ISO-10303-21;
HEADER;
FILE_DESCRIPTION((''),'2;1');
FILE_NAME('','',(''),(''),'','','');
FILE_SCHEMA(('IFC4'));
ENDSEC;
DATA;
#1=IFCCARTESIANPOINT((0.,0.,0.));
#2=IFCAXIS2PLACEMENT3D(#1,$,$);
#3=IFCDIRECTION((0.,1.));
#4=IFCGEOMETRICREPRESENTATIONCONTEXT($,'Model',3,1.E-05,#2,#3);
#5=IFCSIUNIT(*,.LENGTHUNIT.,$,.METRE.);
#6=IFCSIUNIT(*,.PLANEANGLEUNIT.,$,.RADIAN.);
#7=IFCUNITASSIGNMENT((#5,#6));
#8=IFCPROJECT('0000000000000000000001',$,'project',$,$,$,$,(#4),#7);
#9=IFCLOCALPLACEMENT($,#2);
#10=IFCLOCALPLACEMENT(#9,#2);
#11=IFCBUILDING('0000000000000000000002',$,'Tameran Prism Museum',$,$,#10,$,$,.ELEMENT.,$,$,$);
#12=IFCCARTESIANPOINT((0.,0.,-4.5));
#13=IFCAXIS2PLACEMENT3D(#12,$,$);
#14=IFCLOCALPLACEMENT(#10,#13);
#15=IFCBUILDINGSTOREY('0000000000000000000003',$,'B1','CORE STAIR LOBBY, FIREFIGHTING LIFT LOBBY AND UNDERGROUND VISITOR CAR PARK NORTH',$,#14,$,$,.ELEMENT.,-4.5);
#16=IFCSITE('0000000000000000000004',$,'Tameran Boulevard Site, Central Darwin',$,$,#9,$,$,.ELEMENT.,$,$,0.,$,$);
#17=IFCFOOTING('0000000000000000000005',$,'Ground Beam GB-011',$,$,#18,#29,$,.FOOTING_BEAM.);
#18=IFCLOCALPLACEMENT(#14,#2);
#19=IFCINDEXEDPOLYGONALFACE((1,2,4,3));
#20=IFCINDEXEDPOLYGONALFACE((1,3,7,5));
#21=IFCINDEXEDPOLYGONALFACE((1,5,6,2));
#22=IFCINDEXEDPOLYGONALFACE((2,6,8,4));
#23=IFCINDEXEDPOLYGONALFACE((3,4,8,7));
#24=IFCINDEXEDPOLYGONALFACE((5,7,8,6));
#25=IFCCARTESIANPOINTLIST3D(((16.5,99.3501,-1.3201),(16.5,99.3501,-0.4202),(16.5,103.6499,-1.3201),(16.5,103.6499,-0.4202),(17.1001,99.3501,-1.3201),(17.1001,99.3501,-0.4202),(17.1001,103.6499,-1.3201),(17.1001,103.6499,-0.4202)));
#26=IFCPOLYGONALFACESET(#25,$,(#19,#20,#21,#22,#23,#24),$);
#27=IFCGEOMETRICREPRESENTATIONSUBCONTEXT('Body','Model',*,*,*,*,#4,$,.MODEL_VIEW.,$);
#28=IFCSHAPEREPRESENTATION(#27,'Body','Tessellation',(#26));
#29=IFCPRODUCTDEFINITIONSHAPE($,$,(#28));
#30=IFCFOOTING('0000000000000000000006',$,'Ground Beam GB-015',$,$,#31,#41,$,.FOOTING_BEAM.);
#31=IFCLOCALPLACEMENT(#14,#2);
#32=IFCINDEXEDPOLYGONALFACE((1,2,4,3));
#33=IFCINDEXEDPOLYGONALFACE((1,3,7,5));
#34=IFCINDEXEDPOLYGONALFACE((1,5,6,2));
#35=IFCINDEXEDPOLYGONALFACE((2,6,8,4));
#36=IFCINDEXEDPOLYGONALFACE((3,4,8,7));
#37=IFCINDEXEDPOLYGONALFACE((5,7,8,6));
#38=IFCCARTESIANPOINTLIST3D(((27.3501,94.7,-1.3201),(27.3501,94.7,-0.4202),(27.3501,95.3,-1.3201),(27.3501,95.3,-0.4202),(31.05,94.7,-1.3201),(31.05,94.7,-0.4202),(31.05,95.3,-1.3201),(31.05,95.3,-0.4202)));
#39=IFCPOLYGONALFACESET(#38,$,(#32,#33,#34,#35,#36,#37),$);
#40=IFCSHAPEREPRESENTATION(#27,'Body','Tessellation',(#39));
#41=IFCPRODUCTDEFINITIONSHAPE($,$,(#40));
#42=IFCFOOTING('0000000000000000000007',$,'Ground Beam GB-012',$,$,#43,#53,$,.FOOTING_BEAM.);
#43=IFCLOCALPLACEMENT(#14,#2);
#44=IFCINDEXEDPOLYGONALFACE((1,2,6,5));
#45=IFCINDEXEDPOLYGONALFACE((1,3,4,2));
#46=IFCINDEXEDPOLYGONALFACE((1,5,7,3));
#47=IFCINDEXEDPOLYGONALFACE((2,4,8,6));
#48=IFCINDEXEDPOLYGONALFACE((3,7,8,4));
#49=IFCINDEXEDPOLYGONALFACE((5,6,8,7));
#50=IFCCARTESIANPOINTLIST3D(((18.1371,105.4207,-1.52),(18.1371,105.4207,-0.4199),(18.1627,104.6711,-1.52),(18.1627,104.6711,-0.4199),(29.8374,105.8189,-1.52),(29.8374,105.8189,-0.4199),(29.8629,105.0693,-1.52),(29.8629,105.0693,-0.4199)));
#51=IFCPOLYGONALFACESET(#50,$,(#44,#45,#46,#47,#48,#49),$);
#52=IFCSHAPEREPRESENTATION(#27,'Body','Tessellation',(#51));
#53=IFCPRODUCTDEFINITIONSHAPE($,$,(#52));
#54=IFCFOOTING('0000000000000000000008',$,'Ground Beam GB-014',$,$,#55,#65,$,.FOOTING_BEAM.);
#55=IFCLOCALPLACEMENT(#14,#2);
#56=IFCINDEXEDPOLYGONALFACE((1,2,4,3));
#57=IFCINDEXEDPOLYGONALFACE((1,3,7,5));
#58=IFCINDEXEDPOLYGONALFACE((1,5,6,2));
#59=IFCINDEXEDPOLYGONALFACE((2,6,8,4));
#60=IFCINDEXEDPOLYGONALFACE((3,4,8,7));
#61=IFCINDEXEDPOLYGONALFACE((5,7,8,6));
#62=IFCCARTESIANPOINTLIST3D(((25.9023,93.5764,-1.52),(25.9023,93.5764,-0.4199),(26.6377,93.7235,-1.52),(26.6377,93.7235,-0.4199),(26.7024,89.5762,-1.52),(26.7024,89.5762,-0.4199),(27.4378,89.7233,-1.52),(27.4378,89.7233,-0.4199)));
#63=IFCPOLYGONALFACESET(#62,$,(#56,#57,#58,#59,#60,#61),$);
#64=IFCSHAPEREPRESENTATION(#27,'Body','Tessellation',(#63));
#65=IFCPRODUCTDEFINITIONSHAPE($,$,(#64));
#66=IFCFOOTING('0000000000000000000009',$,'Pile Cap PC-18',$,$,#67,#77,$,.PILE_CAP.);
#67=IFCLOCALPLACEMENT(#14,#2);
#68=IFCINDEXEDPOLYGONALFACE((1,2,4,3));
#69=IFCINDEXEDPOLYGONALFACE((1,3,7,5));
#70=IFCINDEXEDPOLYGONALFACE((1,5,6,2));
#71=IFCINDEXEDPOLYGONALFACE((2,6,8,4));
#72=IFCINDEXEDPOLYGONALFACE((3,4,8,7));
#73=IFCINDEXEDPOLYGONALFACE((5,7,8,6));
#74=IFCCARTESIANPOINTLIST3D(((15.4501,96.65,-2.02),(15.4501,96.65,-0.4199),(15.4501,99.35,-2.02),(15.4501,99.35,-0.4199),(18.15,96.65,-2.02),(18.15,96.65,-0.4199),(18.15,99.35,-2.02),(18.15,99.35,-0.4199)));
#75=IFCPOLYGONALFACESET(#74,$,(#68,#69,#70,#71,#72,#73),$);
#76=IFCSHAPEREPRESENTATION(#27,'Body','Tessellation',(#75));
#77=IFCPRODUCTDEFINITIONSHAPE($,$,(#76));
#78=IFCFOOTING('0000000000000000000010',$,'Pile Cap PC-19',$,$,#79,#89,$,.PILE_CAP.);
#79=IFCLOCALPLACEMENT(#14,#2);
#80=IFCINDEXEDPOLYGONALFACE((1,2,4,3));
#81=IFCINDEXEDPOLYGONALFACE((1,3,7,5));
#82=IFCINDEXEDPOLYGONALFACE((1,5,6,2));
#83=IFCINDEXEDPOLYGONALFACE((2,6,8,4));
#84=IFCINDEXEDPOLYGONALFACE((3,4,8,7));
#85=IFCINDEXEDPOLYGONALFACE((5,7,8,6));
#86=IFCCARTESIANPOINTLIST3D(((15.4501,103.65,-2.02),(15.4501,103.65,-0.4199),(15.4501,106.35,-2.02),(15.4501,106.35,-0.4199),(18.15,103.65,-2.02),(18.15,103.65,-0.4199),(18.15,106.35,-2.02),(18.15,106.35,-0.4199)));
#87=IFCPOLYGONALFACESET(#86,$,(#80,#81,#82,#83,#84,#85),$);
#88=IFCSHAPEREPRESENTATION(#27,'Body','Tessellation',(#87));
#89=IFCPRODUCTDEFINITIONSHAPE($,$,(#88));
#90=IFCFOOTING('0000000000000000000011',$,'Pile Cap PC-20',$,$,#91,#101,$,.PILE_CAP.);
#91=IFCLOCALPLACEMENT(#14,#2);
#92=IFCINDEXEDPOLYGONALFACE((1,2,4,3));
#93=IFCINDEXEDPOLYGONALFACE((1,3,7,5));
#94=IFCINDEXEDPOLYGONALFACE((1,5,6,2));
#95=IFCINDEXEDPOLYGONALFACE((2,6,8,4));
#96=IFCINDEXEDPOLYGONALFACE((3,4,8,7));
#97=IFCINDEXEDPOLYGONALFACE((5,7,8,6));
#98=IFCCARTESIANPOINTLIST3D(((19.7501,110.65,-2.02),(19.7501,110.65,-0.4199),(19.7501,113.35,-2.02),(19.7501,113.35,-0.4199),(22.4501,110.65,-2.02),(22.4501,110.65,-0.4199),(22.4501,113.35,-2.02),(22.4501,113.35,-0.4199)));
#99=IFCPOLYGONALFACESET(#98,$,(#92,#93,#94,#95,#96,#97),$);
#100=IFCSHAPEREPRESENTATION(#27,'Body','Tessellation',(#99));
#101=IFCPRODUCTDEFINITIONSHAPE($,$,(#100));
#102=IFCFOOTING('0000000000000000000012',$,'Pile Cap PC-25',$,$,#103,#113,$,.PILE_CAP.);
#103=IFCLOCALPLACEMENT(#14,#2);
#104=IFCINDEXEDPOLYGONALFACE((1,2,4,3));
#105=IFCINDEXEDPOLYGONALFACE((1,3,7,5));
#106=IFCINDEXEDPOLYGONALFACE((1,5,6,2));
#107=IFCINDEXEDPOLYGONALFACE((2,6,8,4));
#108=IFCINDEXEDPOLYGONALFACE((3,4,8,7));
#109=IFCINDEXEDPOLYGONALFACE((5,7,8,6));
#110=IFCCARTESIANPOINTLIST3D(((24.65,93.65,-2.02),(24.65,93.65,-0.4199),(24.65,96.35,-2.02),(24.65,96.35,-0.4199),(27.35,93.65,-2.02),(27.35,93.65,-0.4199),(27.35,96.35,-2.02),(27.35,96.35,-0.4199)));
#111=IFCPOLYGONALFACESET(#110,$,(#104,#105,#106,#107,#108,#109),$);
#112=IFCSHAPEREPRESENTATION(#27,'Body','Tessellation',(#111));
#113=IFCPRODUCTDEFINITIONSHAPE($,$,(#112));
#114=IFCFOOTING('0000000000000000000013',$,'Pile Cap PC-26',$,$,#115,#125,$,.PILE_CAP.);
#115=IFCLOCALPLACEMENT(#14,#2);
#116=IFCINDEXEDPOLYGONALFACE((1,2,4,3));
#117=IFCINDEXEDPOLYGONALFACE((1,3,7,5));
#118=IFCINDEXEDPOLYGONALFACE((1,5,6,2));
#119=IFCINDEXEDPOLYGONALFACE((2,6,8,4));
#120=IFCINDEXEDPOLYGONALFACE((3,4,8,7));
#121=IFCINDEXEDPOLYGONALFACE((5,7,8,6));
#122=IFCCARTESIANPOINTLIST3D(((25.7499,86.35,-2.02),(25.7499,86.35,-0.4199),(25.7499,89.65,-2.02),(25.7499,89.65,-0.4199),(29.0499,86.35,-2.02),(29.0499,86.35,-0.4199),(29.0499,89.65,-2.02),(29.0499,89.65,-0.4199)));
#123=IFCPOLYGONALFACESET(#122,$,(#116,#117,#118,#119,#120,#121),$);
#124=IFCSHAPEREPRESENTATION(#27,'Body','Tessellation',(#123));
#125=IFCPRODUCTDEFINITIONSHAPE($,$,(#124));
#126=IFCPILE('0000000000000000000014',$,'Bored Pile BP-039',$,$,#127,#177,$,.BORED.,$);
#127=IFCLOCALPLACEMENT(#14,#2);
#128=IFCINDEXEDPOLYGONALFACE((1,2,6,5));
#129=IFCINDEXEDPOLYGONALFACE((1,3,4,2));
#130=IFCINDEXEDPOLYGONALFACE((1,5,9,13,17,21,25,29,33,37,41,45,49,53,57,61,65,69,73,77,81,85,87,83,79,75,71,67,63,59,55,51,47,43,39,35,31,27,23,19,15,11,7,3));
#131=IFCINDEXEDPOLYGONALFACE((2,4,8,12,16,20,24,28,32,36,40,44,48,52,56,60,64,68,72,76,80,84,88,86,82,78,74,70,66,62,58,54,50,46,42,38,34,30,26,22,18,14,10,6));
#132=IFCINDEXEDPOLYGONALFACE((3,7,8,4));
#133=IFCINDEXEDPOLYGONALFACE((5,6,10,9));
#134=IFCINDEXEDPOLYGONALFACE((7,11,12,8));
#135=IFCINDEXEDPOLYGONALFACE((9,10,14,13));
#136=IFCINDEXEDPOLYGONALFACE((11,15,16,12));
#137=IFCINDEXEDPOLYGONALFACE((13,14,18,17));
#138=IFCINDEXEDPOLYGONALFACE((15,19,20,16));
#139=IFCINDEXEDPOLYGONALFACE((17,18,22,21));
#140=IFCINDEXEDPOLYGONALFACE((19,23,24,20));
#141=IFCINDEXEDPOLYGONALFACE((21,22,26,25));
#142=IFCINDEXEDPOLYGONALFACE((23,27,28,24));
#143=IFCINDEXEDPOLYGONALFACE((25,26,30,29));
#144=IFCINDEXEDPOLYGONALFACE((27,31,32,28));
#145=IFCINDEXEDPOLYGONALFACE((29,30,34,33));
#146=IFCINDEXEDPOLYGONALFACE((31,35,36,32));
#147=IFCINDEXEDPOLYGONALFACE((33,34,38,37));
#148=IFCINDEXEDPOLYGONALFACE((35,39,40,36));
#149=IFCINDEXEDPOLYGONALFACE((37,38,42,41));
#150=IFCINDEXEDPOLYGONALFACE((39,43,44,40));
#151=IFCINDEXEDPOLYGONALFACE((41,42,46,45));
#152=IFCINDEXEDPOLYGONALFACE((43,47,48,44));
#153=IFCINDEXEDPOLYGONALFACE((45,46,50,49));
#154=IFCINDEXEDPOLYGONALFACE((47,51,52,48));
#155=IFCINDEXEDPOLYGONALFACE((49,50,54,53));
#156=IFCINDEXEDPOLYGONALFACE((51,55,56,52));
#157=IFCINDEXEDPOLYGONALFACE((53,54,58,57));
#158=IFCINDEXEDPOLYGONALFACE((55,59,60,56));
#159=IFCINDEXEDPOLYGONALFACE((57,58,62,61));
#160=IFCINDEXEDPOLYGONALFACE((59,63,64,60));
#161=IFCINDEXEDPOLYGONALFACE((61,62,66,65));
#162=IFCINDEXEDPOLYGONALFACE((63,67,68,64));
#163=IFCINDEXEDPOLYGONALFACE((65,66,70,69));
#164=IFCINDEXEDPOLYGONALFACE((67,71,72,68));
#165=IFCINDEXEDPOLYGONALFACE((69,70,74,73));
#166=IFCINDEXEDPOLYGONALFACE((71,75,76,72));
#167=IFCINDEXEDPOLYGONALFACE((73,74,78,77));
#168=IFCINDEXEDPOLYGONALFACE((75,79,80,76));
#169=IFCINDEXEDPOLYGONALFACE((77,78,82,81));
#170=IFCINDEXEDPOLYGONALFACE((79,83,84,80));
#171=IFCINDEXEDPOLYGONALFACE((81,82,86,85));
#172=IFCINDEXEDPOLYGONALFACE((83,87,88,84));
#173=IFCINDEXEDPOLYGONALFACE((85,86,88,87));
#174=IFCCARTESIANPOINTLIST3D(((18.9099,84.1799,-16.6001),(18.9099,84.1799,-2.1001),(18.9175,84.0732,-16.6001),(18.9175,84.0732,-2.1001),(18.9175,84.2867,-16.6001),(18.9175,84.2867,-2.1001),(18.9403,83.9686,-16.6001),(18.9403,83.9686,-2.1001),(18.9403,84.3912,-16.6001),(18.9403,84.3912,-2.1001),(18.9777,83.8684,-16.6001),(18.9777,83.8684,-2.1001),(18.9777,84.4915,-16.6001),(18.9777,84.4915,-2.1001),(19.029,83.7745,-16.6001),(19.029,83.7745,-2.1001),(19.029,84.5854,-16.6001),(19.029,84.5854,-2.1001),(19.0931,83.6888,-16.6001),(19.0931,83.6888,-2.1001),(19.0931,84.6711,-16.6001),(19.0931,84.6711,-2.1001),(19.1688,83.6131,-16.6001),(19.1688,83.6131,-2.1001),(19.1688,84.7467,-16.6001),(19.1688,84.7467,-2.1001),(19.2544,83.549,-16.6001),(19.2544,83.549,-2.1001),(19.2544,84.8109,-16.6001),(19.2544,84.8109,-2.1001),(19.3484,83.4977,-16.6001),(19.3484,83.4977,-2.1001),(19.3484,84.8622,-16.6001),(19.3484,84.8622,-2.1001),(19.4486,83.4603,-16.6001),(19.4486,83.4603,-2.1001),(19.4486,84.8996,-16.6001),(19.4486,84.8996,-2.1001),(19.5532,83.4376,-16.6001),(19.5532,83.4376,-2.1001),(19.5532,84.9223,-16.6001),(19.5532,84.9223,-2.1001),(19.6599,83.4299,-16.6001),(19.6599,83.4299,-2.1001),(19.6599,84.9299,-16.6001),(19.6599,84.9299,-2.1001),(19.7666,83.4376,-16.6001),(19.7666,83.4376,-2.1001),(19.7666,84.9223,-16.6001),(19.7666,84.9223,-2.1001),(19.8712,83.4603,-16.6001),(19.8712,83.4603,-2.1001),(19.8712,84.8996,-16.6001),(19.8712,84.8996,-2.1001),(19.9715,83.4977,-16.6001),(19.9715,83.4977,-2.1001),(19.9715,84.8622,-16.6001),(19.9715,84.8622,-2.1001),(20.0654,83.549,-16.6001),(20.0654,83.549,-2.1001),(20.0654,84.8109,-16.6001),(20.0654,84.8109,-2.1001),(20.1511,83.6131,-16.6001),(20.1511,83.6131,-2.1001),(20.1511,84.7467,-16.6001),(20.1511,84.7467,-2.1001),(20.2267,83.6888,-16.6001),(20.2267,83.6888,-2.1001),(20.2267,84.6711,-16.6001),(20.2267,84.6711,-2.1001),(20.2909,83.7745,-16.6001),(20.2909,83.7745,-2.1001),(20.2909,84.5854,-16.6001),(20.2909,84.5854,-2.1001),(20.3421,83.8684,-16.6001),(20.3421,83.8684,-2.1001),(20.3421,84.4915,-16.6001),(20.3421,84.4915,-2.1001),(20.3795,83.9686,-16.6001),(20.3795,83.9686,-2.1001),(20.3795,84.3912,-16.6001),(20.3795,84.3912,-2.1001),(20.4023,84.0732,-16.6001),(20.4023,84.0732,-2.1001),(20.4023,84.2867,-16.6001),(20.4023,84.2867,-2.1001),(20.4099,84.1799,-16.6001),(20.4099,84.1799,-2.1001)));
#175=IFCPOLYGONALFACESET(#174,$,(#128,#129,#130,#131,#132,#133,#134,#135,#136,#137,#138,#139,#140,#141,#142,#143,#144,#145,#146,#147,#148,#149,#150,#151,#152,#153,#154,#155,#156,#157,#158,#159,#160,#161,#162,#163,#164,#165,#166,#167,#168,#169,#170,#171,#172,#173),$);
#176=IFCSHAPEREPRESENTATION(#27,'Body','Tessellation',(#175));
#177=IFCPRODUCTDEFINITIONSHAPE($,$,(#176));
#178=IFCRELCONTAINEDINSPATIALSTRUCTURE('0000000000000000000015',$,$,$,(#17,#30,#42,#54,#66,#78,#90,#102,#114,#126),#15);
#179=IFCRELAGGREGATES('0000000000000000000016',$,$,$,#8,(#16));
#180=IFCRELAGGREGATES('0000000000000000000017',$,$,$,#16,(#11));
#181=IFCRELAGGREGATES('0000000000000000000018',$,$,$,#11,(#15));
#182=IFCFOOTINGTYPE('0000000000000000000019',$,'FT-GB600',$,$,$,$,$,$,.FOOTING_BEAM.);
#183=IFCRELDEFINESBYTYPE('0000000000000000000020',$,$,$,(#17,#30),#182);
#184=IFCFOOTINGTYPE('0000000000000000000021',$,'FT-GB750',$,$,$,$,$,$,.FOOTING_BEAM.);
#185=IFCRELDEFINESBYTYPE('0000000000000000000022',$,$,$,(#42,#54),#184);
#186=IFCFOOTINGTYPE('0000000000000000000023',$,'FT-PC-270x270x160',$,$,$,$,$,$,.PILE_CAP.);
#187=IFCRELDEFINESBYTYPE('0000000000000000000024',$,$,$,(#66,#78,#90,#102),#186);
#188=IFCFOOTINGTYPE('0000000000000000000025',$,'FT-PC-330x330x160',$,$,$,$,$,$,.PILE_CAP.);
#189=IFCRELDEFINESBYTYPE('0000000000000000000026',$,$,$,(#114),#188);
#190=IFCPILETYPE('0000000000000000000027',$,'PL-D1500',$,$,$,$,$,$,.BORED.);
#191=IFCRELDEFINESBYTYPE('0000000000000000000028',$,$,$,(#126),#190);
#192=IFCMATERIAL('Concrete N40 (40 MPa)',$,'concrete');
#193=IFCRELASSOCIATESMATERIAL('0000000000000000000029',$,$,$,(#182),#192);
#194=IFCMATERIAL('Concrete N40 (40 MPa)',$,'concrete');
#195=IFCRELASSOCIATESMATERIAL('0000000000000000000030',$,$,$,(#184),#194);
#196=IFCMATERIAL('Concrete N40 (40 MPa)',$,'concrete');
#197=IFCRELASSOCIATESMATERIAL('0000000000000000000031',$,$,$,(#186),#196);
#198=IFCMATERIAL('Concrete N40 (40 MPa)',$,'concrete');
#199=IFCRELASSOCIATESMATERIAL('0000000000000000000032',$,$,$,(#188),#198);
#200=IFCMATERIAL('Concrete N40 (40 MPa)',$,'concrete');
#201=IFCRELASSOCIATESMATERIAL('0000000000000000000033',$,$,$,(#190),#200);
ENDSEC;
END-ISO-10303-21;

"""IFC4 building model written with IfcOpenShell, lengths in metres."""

from ifc_helpers import new_model, si_unit, direction, frame, origin, origin_2d, place, context, subcontext, project, spatial, rectangle, circle, extrude, material, material_profile, profile_set, type_object, element, save


model = new_model("IFC4")

# Units and contexts
model_context = context("Model", 3, precision=1e-05, world=origin(), true_north=direction((0.0, 1.0)))
body_context = subcontext(model_context, "Body", "Model", "MODEL_VIEW")
ifc_project = project(units=[si_unit("LENGTHUNIT", "METRE"), si_unit("PLANEANGLEUNIT", "RADIAN")], contexts=[model_context])

# Site, building, storey
site_placement = place(None, origin())
site = spatial("IfcSite", under=ifc_project, at=site_placement, Name="Tameran Boulevard Site, Central Darwin", CompositionType="ELEMENT", RefElevation=0.0)
building_placement = place(site_placement, origin())
building = spatial("IfcBuilding", under=site, at=building_placement, Name="Tameran Prism Museum", CompositionType="ELEMENT")
storey_placement = place(building_placement, frame((0.0, 0.0, -4.5)))
storey = spatial("IfcBuildingStorey", under=building, at=storey_placement, Name="B1", Description="CORE STAIR LOBBY, FIREFIGHTING LIFT LOBBY AND UNDERGROUND VISITOR CAR PARK NORTH", CompositionType="ELEMENT", Elevation=-4.5)

# Footings
ifc_material_1 = material(Name="Concrete N40 (40 MPa)", Category="concrete")
ifc_material_profile_1 = material_profile(ifc_material_1, rectangle(XDim=0.6001, YDim=0.8999, at=origin_2d()))
ifc_profile_set_1 = profile_set([ifc_material_profile_1])
footing_type_1 = type_object("IfcFootingType", Name="FT-GB600", PredefinedType="FOOTING_BEAM", material=ifc_profile_set_1)
footing_1_placement = place(storey_placement, frame((16.8, 99.3501, -0.8701), z_axis=(0.0, 1.0, 0.0), x_axis=(-1.0, 0.0, 0.0)))
element("IfcFooting", 1, at=footing_1_placement, inside=storey, type_object=footing_type_1, Name="Ground Beam GB-011", PredefinedType="FOOTING_BEAM", context=body_context, shape_type="SweptSolid", body=[
    extrude(rectangle(XDim=0.6001, YDim=0.8999, at=origin_2d()), origin(), (0.0, 0.0, 1.0), 4.2998),
])
footing_2_placement = place(storey_placement, frame((27.3501, 95.0, -0.8701), z_axis=(1.0, 0.0, 0.0), x_axis=(0.0, 1.0, 0.0)))
element("IfcFooting", 2, at=footing_2_placement, inside=storey, type_object=footing_type_1, Name="Ground Beam GB-015", PredefinedType="FOOTING_BEAM", context=body_context, shape_type="SweptSolid", body=[
    extrude(rectangle(XDim=0.6001, YDim=0.8999, at=origin_2d()), origin(), (0.0, 0.0, 1.0), 3.7),
])
ifc_material_2 = material(Name="Concrete N40 (40 MPa)", Category="concrete")
ifc_material_profile_2 = material_profile(ifc_material_2, rectangle(XDim=0.75, YDim=1.1001, at=origin_2d()))
ifc_profile_set_2 = profile_set([ifc_material_profile_2])
footing_type_2 = type_object("IfcFootingType", Name="FT-GB750", PredefinedType="FOOTING_BEAM", material=ifc_profile_set_2)
footing_3_placement = place(storey_placement, frame((18.1499, 105.0459, -0.97), z_axis=(0.999421, 0.034013, 0.0), x_axis=(-0.034013, 0.999421, 0.0)))
element("IfcFooting", 3, at=footing_3_placement, inside=storey, type_object=footing_type_2, Name="Ground Beam GB-012", PredefinedType="FOOTING_BEAM", context=body_context, shape_type="SweptSolid", body=[
    extrude(rectangle(XDim=0.75, YDim=1.1001, at=origin_2d()), origin(), (0.0, 0.0, 1.0), 11.707),
])
footing_4_placement = place(storey_placement, frame((26.27, 93.6499, -0.97), z_axis=(0.196128, -0.980578, 0.0), x_axis=(0.980578, 0.196128, 0.0)))
element("IfcFooting", 4, at=footing_4_placement, inside=storey, type_object=footing_type_2, Name="Ground Beam GB-014", PredefinedType="FOOTING_BEAM", context=body_context, shape_type="SweptSolid", body=[
    extrude(rectangle(XDim=0.75, YDim=1.1001, at=origin_2d()), origin(), (0.0, 0.0, 1.0), 4.0793),
])
ifc_material_3 = material(Name="Concrete N40 (40 MPa)", Category="concrete")
footing_type_3 = type_object("IfcFootingType", Name="FT-PC-270x270x160", PredefinedType="PILE_CAP", material=ifc_material_3)
for number, where, z_axis, x_axis, name in (
    (5, (16.8, 98.0, -2.02), (0.0, 0.0, 1.0), (1.0, 0.0, 0.0), "Pile Cap PC-18"),
    (6, (16.8, 105.0, -2.02), (0.0, 0.0, 1.0), (1.0, 0.0, 0.0), "Pile Cap PC-19"),
    (7, (21.1001, 112.0, -2.02), (0.0, 0.0, 1.0), (1.0, 0.0, 0.0), "Pile Cap PC-20"),
    (8, (26.0, 95.0, -2.02), (0.0, 0.0, 1.0), (1.0, 0.0, 0.0), "Pile Cap PC-25"),
):
    element("IfcFooting", number, at=place(storey_placement, frame(where, z_axis=z_axis, x_axis=x_axis)), inside=storey, type_object=footing_type_3, Name=name, PredefinedType="PILE_CAP", context=body_context, shape_type="SweptSolid", body=[
        extrude(rectangle(XDim=2.7, YDim=2.7, at=origin_2d()), origin(), (0.0, 0.0, 1.0), 1.6001),
    ])
ifc_material_4 = material(Name="Concrete N40 (40 MPa)", Category="concrete")
footing_type_4 = type_object("IfcFootingType", Name="FT-PC-330x330x160", PredefinedType="PILE_CAP", material=ifc_material_4)
footing_5_placement = place(storey_placement, frame((27.3999, 88.0, -2.02), z_axis=(0.0, 0.0, 1.0), x_axis=(1.0, 0.0, 0.0)))
element("IfcFooting", 9, at=footing_5_placement, inside=storey, type_object=footing_type_4, Name="Pile Cap PC-26", PredefinedType="PILE_CAP", context=body_context, shape_type="SweptSolid", body=[
    extrude(rectangle(XDim=3.3, YDim=3.3, at=origin_2d()), origin(), (0.0, 0.0, 1.0), 1.6001),
])

# Pile
ifc_material_5 = material(Name="Concrete N40 (40 MPa)", Category="concrete")
ifc_material_profile_3 = material_profile(ifc_material_5, circle(Radius=0.75, at=origin_2d()))
ifc_profile_set_3 = profile_set([ifc_material_profile_3])
pile_type_1 = type_object("IfcPileType", Name="PL-D1500", PredefinedType="BORED", material=ifc_profile_set_3)
pile_placement = place(storey_placement, frame((19.6599, 84.1799, -2.1001), z_axis=(0.0, 0.0, -1.0), x_axis=(1.0, 0.0, 0.0)))
element("IfcPile", 10, at=pile_placement, inside=storey, type_object=pile_type_1, Name="Bored Pile BP-039", PredefinedType="BORED", context=body_context, shape_type="SweptSolid", body=[
    extrude(circle(Radius=0.75, at=origin_2d()), origin(), (0.0, 0.0, 1.0), 14.5),
])

save(model, "model.ifc")
